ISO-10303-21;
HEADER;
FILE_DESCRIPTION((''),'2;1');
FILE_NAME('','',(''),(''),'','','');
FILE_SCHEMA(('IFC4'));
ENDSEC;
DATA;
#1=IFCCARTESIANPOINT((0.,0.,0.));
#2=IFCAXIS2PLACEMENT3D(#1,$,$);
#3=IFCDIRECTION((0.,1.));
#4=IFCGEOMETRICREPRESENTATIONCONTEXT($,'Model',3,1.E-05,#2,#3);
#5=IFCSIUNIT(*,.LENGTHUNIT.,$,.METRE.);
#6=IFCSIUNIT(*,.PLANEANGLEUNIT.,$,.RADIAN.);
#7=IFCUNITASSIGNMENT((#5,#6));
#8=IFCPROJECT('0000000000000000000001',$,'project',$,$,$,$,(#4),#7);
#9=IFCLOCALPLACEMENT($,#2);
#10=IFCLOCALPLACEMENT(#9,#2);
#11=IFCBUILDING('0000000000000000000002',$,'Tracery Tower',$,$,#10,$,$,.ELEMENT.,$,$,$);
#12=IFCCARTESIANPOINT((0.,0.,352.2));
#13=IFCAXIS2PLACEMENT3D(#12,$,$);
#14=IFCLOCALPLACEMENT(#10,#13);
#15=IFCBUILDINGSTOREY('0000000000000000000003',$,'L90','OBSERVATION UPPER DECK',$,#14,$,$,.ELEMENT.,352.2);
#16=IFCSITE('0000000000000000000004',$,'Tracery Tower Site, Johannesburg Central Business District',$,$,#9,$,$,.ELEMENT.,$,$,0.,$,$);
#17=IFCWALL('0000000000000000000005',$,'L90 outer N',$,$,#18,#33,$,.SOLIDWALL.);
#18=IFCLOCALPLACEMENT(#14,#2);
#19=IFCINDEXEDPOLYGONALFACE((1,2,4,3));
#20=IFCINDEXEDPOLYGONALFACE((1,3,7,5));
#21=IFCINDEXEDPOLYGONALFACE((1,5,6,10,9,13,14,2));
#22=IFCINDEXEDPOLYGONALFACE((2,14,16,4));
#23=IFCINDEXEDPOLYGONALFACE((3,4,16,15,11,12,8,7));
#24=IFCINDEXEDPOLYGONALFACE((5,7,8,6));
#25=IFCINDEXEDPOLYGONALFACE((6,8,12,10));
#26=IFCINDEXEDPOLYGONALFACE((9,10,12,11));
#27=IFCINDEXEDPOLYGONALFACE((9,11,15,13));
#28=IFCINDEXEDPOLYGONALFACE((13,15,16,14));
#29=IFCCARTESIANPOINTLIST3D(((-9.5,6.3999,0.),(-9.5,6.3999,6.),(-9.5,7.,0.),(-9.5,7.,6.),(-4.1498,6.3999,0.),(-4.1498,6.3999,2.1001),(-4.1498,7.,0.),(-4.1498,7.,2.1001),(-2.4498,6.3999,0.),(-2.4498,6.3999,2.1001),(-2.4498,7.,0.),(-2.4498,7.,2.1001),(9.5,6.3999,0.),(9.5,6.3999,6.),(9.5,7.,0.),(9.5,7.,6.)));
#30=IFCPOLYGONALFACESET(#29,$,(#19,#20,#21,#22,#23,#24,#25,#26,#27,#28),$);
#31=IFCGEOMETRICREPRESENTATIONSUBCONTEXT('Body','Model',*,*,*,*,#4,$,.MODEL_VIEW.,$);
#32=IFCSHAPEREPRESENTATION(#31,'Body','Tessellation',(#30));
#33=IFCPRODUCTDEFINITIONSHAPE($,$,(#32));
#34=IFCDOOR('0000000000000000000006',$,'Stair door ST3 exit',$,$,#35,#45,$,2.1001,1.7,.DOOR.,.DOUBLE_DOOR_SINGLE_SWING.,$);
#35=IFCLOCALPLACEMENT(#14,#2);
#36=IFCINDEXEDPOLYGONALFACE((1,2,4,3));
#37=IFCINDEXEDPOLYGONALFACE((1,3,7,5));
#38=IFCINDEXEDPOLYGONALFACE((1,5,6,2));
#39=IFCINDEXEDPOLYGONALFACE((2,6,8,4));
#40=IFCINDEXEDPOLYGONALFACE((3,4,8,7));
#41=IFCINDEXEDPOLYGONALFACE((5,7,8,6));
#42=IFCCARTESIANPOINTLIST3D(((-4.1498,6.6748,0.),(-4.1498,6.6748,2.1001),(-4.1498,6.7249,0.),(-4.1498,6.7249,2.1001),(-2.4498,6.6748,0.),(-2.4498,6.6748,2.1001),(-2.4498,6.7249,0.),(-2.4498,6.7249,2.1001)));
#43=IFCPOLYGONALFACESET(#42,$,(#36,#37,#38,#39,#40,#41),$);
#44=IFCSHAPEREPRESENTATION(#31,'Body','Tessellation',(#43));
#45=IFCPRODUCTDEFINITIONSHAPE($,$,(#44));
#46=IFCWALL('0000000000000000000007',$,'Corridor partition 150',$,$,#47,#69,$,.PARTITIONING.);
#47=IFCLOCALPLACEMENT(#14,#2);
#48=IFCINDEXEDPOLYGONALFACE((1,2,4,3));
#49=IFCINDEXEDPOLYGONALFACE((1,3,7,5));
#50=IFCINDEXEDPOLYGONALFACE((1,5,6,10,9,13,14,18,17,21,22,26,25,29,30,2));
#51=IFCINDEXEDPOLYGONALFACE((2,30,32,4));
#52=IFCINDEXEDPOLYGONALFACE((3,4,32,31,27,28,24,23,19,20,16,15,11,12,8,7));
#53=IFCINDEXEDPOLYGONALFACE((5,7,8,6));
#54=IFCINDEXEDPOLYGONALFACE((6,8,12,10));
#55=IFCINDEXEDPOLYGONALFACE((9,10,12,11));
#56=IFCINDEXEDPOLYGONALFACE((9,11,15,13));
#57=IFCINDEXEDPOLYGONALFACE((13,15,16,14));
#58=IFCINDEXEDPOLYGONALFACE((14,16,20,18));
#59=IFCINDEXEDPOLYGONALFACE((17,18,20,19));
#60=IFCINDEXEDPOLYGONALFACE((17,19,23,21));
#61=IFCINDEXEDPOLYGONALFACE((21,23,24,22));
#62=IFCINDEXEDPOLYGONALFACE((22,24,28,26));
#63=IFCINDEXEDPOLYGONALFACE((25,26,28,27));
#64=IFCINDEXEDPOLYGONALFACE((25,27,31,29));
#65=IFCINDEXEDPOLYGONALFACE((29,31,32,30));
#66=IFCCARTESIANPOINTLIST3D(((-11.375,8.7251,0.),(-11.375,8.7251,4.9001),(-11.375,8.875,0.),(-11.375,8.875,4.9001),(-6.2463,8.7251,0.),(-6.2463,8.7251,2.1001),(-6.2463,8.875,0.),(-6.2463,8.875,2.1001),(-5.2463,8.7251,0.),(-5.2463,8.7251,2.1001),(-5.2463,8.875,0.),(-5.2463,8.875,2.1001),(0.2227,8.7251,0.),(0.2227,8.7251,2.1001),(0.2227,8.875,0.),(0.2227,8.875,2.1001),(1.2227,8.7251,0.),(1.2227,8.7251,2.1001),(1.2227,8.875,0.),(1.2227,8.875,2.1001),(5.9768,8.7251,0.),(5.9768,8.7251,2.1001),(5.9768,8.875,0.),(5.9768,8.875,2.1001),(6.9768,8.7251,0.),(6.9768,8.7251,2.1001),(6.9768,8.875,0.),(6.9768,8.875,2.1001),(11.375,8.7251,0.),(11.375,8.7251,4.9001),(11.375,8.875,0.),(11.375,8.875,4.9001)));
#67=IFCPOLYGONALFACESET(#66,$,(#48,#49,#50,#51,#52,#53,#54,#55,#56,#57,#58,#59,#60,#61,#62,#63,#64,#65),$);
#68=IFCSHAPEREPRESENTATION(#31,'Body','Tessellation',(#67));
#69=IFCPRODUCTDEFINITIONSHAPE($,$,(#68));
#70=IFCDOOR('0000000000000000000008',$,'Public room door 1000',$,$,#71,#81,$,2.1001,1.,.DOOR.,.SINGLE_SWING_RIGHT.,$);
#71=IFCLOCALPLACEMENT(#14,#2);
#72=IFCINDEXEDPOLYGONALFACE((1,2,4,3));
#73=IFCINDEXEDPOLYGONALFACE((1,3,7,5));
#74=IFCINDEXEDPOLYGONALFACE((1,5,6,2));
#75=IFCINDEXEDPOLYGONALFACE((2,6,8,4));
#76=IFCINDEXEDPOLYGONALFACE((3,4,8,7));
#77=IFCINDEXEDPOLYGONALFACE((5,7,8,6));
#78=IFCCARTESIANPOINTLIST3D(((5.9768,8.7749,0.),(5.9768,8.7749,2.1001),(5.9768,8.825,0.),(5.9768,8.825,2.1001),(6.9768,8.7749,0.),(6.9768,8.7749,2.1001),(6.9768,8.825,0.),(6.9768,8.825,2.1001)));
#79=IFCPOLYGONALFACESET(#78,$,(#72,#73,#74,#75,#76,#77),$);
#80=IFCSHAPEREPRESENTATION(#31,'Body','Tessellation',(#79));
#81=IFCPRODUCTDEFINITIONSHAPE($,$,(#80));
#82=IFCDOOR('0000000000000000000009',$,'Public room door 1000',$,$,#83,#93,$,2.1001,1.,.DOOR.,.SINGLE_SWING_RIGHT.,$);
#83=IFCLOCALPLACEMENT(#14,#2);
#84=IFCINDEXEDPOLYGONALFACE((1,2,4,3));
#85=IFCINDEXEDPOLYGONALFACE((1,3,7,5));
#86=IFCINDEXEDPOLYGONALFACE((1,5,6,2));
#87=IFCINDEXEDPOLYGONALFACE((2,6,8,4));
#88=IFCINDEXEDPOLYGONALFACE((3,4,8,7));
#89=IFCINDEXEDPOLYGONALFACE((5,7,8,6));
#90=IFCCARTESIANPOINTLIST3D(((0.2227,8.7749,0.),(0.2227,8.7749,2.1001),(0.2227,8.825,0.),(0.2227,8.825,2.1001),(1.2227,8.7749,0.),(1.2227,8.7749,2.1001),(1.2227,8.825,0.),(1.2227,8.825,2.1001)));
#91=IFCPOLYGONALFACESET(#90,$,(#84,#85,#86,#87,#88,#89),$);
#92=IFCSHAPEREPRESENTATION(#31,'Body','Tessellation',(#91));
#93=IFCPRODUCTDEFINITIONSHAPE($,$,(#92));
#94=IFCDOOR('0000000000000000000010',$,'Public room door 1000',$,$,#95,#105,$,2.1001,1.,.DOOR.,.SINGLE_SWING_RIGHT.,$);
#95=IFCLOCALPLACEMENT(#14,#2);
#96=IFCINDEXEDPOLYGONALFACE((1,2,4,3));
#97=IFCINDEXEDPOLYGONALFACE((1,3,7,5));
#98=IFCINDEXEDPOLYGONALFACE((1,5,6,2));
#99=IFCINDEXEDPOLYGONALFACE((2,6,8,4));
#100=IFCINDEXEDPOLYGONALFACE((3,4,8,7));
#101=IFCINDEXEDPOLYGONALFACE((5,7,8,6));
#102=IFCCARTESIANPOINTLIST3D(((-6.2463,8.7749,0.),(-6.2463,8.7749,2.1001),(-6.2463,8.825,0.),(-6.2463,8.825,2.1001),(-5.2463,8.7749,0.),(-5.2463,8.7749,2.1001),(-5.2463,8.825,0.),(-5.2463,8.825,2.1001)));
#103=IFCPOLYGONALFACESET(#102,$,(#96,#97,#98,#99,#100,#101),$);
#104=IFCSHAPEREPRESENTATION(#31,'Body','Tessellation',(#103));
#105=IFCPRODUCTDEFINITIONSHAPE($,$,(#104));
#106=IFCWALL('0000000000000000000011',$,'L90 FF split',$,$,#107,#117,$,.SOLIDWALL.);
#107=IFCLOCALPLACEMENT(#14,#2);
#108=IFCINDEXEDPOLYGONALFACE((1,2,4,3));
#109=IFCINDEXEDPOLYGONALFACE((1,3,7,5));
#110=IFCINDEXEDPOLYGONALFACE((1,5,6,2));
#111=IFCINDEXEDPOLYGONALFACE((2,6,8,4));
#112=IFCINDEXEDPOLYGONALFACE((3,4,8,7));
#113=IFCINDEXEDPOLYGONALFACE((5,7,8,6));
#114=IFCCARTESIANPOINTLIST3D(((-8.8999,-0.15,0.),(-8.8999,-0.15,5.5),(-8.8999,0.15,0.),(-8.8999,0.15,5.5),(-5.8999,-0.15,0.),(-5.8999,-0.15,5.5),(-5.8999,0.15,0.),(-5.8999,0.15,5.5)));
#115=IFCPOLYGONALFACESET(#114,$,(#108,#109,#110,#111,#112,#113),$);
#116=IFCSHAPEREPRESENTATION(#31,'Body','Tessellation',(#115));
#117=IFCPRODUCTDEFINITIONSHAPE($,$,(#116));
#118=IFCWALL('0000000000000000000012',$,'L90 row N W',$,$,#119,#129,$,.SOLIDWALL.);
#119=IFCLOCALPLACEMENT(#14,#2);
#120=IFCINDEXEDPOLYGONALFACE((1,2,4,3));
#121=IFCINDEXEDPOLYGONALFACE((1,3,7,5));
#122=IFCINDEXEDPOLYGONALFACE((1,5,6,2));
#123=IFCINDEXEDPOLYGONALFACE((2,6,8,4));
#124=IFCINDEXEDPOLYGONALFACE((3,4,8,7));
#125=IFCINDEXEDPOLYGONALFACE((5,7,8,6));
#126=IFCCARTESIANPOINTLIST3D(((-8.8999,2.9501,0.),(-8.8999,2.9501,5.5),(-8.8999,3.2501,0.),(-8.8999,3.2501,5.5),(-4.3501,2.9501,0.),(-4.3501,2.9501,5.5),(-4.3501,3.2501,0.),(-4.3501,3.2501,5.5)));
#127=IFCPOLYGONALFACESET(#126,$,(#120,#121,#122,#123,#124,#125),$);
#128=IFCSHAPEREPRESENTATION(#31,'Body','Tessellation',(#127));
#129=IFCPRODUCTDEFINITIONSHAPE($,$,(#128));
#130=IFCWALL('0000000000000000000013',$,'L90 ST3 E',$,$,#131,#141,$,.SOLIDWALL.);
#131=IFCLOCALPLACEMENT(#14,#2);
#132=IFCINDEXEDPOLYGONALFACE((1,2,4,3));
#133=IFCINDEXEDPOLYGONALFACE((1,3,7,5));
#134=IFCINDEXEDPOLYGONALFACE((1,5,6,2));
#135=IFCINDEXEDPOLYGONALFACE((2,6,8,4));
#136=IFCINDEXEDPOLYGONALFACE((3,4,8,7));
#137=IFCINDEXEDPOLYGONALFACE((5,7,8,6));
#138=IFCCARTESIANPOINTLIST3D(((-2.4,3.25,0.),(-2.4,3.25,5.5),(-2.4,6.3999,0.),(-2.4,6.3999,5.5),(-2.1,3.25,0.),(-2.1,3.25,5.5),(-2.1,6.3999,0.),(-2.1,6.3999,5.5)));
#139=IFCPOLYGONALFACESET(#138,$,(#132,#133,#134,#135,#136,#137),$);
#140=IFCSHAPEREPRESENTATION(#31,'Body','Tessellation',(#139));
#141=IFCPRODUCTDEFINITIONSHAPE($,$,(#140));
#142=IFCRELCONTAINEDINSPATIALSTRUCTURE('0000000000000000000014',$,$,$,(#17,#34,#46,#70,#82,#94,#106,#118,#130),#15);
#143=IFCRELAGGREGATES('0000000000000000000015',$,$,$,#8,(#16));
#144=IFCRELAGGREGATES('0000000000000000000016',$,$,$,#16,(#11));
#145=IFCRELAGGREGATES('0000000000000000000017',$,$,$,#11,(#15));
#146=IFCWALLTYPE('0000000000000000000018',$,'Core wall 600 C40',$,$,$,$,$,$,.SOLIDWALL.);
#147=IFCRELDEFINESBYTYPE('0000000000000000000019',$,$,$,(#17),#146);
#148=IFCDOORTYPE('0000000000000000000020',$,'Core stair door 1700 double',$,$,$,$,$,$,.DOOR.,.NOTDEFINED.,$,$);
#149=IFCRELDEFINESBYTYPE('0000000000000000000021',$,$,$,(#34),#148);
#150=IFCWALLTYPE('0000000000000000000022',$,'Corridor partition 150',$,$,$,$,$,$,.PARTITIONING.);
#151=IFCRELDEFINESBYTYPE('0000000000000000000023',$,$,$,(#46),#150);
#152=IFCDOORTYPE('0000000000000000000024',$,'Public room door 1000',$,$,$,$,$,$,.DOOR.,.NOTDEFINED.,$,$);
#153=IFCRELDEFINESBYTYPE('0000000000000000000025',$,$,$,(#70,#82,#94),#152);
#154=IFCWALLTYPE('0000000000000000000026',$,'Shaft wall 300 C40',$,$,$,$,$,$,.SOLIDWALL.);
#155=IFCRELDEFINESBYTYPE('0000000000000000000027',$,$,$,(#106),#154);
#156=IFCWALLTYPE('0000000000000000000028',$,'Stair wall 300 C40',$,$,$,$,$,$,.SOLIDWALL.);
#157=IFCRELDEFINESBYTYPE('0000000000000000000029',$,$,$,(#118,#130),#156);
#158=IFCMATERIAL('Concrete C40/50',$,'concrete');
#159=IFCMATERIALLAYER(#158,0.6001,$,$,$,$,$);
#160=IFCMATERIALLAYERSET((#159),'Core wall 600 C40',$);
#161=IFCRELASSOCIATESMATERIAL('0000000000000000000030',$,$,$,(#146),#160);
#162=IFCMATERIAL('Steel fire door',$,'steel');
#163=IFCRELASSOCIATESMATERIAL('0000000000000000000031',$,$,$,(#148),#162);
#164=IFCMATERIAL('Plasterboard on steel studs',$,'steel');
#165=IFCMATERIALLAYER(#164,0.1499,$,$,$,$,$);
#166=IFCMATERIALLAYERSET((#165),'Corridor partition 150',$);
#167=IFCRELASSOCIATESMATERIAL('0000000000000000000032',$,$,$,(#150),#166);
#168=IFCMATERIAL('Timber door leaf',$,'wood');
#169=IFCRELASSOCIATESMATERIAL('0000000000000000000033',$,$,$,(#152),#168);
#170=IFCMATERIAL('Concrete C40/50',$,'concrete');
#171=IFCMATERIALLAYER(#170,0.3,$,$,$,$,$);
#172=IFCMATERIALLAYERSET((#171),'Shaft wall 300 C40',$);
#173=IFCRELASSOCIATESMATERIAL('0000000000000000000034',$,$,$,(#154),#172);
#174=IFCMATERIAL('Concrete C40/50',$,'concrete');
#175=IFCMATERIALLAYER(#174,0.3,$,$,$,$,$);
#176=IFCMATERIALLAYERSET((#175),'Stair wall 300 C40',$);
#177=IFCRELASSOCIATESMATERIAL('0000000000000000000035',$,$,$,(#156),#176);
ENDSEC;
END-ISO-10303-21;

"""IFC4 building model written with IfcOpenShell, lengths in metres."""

from ifc_helpers import new_model, si_unit, direction, frame, frame_2d, origin, place, context, subcontext, project, spatial, rectangle, extrude, material, layer, layer_set, type_object, element, fill, save


model = new_model("IFC4")

# Units and contexts
model_context = context("Model", 3, precision=1e-05, world=origin(), true_north=direction((0.0, 1.0)))
body_context = subcontext(model_context, "Body", "Model", "MODEL_VIEW")
ifc_project = project(units=[si_unit("LENGTHUNIT", "METRE"), si_unit("PLANEANGLEUNIT", "RADIAN")], contexts=[model_context])

# Site, building, storey
site_placement = place(None, origin())
site = spatial("IfcSite", under=ifc_project, at=site_placement, Name="Tracery Tower Site, Johannesburg Central Business District", CompositionType="ELEMENT", RefElevation=0.0)
building_placement = place(site_placement, origin())
building = spatial("IfcBuilding", under=site, at=building_placement, Name="Tracery Tower", CompositionType="ELEMENT")
storey_placement = place(building_placement, frame((0.0, 0.0, 352.2)))
storey = spatial("IfcBuildingStorey", under=building, at=storey_placement, Name="L90", Description="OBSERVATION UPPER DECK", CompositionType="ELEMENT", Elevation=352.2)

# Wall, opening, door
ifc_material_1 = material(Name="Concrete C40/50", Category="concrete")
ifc_layer_1 = layer(ifc_material_1, 0.6001)
ifc_layer_set_1 = layer_set([ifc_layer_1], Name="Core wall 600 C40")
wall_type_1 = type_object("IfcWallType", Name="Core wall 600 C40", PredefinedType="SOLIDWALL", material=ifc_layer_set_1)
wall_1_placement = place(storey_placement, frame((-9.5, 6.7, 0.0), z_axis=(0.0, 0.0, 1.0), x_axis=(1.0, 0.0, 0.0)))
wall_1 = element("IfcWall", 1, at=wall_1_placement, inside=storey, type_object=wall_type_1, Name="L90 outer N", PredefinedType="SOLIDWALL", context=body_context, shape_type="SweptSolid", body=[
    extrude(rectangle(XDim=19.0, YDim=0.6001, at=frame_2d((9.5, 0.0))), origin(), (0.0, 0.0, 1.0), 6.0),
])
opening_1_placement = place(wall_1_placement, frame((5.3501, 0.0, 0.0)))
opening_1 = element("IfcOpeningElement", 2, at=opening_1_placement, cuts=wall_1, PredefinedType="OPENING", context=body_context, shape_type="SweptSolid", body=[
    extrude(rectangle(XDim=1.7, YDim=2.1001, at=frame_2d((0.8501, 1.05))), frame((0.0, 0.3, 0.0), z_axis=(0.0, -1.0, 0.0), x_axis=(1.0, 0.0, 0.0)), (0.0, 0.0, 1.0), 0.6001),
])
ifc_material_2 = material(Name="Steel fire door", Category="steel")
door_type_1 = type_object("IfcDoorType", Name="Core stair door 1700 double", OperationType="NOTDEFINED", PredefinedType="DOOR", material=ifc_material_2)
door_1_placement = place(opening_1_placement, origin())
door_1 = element("IfcDoor", 3, at=door_1_placement, inside=storey, type_object=door_type_1, Name="Stair door ST3 exit", OperationType="DOUBLE_DOOR_SINGLE_SWING", OverallHeight=2.1001, OverallWidth=1.7, PredefinedType="DOOR", context=body_context, shape_type="SweptSolid", body=[
    extrude(rectangle(XDim=1.7, YDim=2.1001, at=frame_2d((0.8501, 1.05))), frame((0.0, 0.0249, 0.0), z_axis=(0.0, -1.0, 0.0), x_axis=(1.0, 0.0, 0.0)), (0.0, 0.0, 1.0), 0.05),
])
fill(opening_1, door_1)

# Wall, openings, doors
ifc_material_3 = material(Name="Plasterboard on steel studs", Category="steel")
ifc_layer_2 = layer(ifc_material_3, 0.1499)
ifc_layer_set_2 = layer_set([ifc_layer_2], Name="Corridor partition 150")
wall_type_2 = type_object("IfcWallType", Name="Corridor partition 150", PredefinedType="PARTITIONING", material=ifc_layer_set_2)
wall_2_placement = place(storey_placement, frame((-11.375, 8.8, 0.0), z_axis=(0.0, 0.0, 1.0), x_axis=(1.0, 0.0, 0.0)))
wall_2 = element("IfcWall", 4, at=wall_2_placement, inside=storey, type_object=wall_type_2, Name="Corridor partition 150", PredefinedType="PARTITIONING", context=body_context, shape_type="SweptSolid", body=[
    extrude(rectangle(XDim=22.75, YDim=0.1499, at=frame_2d((11.375, 0.0))), origin(), (0.0, 0.0, 1.0), 4.9001),
])
opening_2_placement = place(wall_2_placement, frame((17.3518, 0.0, 0.0)))
opening_2 = element("IfcOpeningElement", 5, at=opening_2_placement, cuts=wall_2, PredefinedType="OPENING", context=body_context, shape_type="SweptSolid", body=[
    extrude(rectangle(XDim=1.0, YDim=2.1001, at=frame_2d((0.5, 1.05))), frame((0.0, 0.075, 0.0), z_axis=(0.0, -1.0, 0.0), x_axis=(1.0, 0.0, 0.0)), (0.0, 0.0, 1.0), 0.1499),
])
opening_3_placement = place(wall_2_placement, frame((11.5977, 0.0, 0.0)))
opening_3 = element("IfcOpeningElement", 6, at=opening_3_placement, cuts=wall_2, PredefinedType="OPENING", context=body_context, shape_type="SweptSolid", body=[
    extrude(rectangle(XDim=1.0, YDim=2.1001, at=frame_2d((0.5, 1.05))), frame((0.0, 0.075, 0.0), z_axis=(0.0, -1.0, 0.0), x_axis=(1.0, 0.0, 0.0)), (0.0, 0.0, 1.0), 0.1499),
])
opening_4_placement = place(wall_2_placement, frame((5.1287, 0.0, 0.0)))
opening_4 = element("IfcOpeningElement", 7, at=opening_4_placement, cuts=wall_2, PredefinedType="OPENING", context=body_context, shape_type="SweptSolid", body=[
    extrude(rectangle(XDim=1.0, YDim=2.1001, at=frame_2d((0.5, 1.05))), frame((0.0, 0.075, 0.0), z_axis=(0.0, -1.0, 0.0), x_axis=(1.0, 0.0, 0.0)), (0.0, 0.0, 1.0), 0.1499),
])
ifc_material_4 = material(Name="Timber door leaf", Category="wood")
door_type_2 = type_object("IfcDoorType", Name="Public room door 1000", OperationType="NOTDEFINED", PredefinedType="DOOR", material=ifc_material_4)
door_2_placement = place(opening_2_placement, origin())
door_2 = element("IfcDoor", 8, at=door_2_placement, inside=storey, type_object=door_type_2, Name="Public room door 1000", OperationType="SINGLE_SWING_RIGHT", OverallHeight=2.1001, OverallWidth=1.0, PredefinedType="DOOR", context=body_context, shape_type="SweptSolid", body=[
    extrude(rectangle(XDim=1.0, YDim=2.1001, at=frame_2d((0.5, 1.05))), frame((0.0, 0.0249, 0.0), z_axis=(0.0, -1.0, 0.0), x_axis=(1.0, 0.0, 0.0)), (0.0, 0.0, 1.0), 0.05),
])
fill(opening_2, door_2)
door_3_placement = place(opening_3_placement, origin())
door_3 = element("IfcDoor", 9, at=door_3_placement, inside=storey, type_object=door_type_2, Name="Public room door 1000", OperationType="SINGLE_SWING_RIGHT", OverallHeight=2.1001, OverallWidth=1.0, PredefinedType="DOOR", context=body_context, shape_type="SweptSolid", body=[
    extrude(rectangle(XDim=1.0, YDim=2.1001, at=frame_2d((0.5, 1.05))), frame((0.0, 0.0249, 0.0), z_axis=(0.0, -1.0, 0.0), x_axis=(1.0, 0.0, 0.0)), (0.0, 0.0, 1.0), 0.05),
])
fill(opening_3, door_3)
door_4_placement = place(opening_4_placement, origin())
door_4 = element("IfcDoor", 10, at=door_4_placement, inside=storey, type_object=door_type_2, Name="Public room door 1000", OperationType="SINGLE_SWING_RIGHT", OverallHeight=2.1001, OverallWidth=1.0, PredefinedType="DOOR", context=body_context, shape_type="SweptSolid", body=[
    extrude(rectangle(XDim=1.0, YDim=2.1001, at=frame_2d((0.5, 1.05))), frame((0.0, 0.0249, 0.0), z_axis=(0.0, -1.0, 0.0), x_axis=(1.0, 0.0, 0.0)), (0.0, 0.0, 1.0), 0.05),
])
fill(opening_4, door_4)

# Walls
ifc_material_5 = material(Name="Concrete C40/50", Category="concrete")
ifc_layer_3 = layer(ifc_material_5, 0.3)
ifc_layer_set_3 = layer_set([ifc_layer_3], Name="Shaft wall 300 C40")
wall_type_3 = type_object("IfcWallType", Name="Shaft wall 300 C40", PredefinedType="SOLIDWALL", material=ifc_layer_set_3)
wall_3_placement = place(storey_placement, frame((-8.8999, 0.0, 0.0), z_axis=(0.0, 0.0, 1.0), x_axis=(1.0, 0.0, 0.0)))
element("IfcWall", 11, at=wall_3_placement, inside=storey, type_object=wall_type_3, Name="L90 FF split", PredefinedType="SOLIDWALL", context=body_context, shape_type="SweptSolid", body=[
    extrude(rectangle(XDim=3.0, YDim=0.3, at=frame_2d((1.5, 0.0))), origin(), (0.0, 0.0, 1.0), 5.5),
])
ifc_material_6 = material(Name="Concrete C40/50", Category="concrete")
ifc_layer_4 = layer(ifc_material_6, 0.3)
ifc_layer_set_4 = layer_set([ifc_layer_4], Name="Stair wall 300 C40")
wall_type_4 = type_object("IfcWallType", Name="Stair wall 300 C40", PredefinedType="SOLIDWALL", material=ifc_layer_set_4)
wall_4_placement = place(storey_placement, frame((-8.8999, 3.1001, 0.0), z_axis=(0.0, 0.0, 1.0), x_axis=(1.0, 0.0, 0.0)))
element("IfcWall", 12, at=wall_4_placement, inside=storey, type_object=wall_type_4, Name="L90 row N W", PredefinedType="SOLIDWALL", context=body_context, shape_type="SweptSolid", body=[
    extrude(rectangle(XDim=4.5498, YDim=0.3, at=frame_2d((2.2749, 0.0))), origin(), (0.0, 0.0, 1.0), 5.5),
])

# Wall
wall_5_placement = place(storey_placement, frame((-2.25, 3.25, 0.0), z_axis=(0.0, 0.0, 1.0), x_axis=(0.0, 1.0, 0.0)))
element("IfcWall", 13, at=wall_5_placement, inside=storey, type_object=wall_type_4, Name="L90 ST3 E", PredefinedType="SOLIDWALL", context=body_context, shape_type="SweptSolid", body=[
    extrude(rectangle(XDim=3.1499, YDim=0.3, at=frame_2d((1.575, 0.0))), origin(), (0.0, 0.0, 1.0), 5.5),
])

save(model, "model.ifc")
